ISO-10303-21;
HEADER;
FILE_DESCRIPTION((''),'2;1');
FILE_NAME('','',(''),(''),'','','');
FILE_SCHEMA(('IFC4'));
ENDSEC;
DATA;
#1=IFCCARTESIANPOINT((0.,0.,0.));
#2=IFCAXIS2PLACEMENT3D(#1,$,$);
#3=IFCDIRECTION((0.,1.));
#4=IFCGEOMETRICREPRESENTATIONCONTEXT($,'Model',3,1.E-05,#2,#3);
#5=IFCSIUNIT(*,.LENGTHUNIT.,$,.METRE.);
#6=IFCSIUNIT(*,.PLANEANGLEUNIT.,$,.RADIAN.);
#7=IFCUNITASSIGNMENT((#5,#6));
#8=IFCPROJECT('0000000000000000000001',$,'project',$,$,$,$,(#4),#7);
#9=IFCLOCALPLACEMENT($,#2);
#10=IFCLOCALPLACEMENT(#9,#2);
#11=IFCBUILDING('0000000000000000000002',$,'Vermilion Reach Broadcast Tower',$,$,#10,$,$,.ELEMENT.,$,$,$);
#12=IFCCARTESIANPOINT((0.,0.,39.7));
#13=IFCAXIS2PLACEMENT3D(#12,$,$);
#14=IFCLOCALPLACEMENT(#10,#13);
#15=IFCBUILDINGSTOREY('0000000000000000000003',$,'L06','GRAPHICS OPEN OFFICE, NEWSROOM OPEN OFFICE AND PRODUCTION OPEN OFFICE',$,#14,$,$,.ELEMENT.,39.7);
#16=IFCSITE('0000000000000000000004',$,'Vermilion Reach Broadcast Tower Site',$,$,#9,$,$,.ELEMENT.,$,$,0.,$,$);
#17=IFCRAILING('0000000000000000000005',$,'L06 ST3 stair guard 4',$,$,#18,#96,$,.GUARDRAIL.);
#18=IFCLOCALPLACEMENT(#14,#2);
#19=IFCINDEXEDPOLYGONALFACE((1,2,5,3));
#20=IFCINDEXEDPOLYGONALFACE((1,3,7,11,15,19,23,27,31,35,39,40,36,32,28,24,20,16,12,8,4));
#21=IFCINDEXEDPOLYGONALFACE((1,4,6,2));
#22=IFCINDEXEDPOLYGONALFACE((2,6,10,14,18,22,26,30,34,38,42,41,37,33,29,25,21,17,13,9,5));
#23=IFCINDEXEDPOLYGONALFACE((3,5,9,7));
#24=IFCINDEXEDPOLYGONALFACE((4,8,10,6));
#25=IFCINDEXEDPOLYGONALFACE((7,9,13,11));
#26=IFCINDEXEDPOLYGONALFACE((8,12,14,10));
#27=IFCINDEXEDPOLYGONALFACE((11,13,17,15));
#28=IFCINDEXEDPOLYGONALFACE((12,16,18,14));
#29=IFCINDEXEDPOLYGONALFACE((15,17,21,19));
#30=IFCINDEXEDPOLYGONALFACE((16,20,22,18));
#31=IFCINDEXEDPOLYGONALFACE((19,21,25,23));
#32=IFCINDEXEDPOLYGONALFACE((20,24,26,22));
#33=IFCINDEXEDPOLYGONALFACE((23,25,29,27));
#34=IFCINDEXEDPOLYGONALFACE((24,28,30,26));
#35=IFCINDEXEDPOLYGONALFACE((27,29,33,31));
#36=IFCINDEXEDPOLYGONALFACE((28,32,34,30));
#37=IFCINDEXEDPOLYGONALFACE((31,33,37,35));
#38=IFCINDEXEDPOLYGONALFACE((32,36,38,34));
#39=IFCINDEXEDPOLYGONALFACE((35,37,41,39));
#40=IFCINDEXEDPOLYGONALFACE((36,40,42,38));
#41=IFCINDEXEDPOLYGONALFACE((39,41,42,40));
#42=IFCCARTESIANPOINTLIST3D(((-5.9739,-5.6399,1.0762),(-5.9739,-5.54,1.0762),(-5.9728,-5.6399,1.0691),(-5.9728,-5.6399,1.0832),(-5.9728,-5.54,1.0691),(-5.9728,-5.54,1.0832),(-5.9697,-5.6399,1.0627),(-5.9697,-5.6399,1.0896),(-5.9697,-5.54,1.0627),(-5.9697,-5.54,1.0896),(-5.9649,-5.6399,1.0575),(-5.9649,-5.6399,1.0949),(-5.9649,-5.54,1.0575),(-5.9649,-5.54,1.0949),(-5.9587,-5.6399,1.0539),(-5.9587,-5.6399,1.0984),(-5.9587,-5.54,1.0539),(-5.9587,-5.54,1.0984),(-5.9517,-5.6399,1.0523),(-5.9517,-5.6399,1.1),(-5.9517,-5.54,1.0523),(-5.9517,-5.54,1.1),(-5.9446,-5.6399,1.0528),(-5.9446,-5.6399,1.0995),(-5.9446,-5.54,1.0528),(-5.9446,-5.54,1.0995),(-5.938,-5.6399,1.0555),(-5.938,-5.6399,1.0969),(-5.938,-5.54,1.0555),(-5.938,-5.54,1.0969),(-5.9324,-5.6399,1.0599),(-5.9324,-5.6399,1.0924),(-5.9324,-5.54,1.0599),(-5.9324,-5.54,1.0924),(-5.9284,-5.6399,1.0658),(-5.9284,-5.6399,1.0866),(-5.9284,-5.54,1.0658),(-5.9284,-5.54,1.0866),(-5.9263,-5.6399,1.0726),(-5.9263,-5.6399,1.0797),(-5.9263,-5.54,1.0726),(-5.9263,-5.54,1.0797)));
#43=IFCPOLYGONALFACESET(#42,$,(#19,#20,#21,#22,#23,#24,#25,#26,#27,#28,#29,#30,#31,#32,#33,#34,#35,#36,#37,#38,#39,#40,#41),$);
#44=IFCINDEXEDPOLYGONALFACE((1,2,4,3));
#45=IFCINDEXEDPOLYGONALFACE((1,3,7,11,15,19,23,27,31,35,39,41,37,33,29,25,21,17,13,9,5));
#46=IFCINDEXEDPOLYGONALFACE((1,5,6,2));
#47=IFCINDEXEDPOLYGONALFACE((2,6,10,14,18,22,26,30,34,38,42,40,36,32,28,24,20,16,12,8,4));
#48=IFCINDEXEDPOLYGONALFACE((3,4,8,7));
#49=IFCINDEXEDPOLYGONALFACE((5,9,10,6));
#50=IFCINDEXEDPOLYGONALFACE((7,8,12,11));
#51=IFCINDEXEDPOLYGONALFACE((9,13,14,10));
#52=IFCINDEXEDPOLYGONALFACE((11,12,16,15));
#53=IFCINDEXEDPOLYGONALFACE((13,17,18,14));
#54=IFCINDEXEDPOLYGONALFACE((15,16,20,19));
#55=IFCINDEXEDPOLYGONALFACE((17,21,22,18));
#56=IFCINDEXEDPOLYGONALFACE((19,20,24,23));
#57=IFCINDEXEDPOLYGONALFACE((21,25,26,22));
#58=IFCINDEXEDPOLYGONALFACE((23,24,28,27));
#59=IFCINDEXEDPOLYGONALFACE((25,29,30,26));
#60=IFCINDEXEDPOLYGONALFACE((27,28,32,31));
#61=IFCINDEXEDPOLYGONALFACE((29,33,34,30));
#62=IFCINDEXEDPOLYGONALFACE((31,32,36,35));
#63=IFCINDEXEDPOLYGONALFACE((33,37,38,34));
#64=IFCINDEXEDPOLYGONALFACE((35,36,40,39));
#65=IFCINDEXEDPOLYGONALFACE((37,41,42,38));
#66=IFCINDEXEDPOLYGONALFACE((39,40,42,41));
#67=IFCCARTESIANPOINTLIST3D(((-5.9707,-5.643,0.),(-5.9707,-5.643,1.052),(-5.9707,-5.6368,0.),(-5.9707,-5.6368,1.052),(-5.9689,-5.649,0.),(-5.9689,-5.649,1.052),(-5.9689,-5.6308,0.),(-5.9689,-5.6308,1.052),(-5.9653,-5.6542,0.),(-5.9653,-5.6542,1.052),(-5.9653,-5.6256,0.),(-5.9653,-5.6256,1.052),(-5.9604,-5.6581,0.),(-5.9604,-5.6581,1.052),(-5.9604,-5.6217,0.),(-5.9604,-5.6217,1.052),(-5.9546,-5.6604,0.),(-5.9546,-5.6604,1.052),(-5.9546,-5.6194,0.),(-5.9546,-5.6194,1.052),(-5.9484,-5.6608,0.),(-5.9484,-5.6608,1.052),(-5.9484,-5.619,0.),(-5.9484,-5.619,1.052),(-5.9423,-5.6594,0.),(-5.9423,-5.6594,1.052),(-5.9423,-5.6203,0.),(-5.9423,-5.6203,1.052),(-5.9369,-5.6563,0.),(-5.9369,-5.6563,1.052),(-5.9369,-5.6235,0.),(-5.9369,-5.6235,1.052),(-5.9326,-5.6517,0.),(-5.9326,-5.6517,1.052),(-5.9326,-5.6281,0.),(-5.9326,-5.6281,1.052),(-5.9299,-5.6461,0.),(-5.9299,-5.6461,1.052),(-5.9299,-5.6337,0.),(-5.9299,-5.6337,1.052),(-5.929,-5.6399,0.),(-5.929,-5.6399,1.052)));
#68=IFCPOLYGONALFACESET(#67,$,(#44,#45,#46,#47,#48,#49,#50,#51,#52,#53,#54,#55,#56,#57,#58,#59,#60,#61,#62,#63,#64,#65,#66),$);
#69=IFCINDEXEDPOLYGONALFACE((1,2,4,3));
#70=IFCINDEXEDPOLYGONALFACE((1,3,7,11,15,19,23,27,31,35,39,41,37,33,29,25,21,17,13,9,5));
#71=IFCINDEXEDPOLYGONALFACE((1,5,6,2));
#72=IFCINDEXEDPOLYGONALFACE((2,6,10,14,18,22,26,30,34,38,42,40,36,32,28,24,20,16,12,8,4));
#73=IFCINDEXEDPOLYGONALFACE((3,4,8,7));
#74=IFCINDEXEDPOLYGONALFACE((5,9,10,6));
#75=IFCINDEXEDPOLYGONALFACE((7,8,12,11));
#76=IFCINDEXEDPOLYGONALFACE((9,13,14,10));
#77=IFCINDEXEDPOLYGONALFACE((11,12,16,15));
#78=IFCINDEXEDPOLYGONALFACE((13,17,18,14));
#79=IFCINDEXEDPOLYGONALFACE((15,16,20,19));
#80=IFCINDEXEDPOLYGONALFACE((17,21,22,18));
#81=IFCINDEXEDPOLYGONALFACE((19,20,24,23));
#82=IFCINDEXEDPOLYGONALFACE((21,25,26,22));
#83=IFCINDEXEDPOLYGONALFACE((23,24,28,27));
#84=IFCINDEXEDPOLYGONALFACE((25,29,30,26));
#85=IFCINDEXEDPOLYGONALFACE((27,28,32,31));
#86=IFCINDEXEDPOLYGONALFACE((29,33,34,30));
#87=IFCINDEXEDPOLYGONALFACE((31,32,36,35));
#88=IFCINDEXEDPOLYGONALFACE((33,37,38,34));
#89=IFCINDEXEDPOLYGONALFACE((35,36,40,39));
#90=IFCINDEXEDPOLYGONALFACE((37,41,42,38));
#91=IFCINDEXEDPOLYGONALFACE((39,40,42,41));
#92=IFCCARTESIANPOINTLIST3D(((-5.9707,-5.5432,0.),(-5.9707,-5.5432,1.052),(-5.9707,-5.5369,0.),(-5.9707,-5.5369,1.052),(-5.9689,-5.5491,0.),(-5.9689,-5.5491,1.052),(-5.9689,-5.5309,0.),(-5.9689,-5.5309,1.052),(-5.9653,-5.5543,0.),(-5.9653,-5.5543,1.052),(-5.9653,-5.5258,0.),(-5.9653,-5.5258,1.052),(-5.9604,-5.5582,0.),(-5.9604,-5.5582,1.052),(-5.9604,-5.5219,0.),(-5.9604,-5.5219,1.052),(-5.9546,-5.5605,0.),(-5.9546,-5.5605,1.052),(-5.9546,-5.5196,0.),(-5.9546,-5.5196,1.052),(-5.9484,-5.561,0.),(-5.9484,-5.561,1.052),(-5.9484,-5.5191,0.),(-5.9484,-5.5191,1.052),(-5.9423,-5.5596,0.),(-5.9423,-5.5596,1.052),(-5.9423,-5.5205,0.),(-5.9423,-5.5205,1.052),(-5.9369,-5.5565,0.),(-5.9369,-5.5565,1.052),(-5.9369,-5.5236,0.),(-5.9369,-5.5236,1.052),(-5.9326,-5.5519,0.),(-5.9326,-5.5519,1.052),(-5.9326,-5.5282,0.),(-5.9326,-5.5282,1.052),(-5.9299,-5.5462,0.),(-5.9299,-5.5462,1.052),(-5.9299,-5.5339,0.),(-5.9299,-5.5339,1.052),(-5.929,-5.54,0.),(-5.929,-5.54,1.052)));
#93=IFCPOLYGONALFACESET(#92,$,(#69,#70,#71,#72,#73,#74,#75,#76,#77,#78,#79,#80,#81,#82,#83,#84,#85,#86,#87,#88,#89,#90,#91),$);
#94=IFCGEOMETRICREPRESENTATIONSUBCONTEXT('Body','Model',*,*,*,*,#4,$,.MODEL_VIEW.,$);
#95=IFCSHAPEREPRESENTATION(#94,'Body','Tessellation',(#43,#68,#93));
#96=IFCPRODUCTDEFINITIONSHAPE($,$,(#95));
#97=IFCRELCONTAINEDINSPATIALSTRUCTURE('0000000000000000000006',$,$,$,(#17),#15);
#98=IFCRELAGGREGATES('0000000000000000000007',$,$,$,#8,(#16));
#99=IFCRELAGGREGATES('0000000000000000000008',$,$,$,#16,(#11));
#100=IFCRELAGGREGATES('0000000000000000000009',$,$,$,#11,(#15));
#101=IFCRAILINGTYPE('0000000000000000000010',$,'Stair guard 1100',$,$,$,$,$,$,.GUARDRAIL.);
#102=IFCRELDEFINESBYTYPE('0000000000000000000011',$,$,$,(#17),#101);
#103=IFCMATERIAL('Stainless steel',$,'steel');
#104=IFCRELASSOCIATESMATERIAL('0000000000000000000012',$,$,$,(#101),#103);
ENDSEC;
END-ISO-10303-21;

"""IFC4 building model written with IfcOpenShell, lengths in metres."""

from ifc_helpers import new_model, si_unit, direction, frame, origin, origin_2d, place, context, subcontext, project, spatial, circle, extrude, material, type_object, element, save


model = new_model("IFC4")

# Units and contexts
model_context = context("Model", 3, precision=1e-05, world=origin(), true_north=direction((0.0, 1.0)))
body_context = subcontext(model_context, "Body", "Model", "MODEL_VIEW")
ifc_project = project(units=[si_unit("LENGTHUNIT", "METRE"), si_unit("PLANEANGLEUNIT", "RADIAN")], contexts=[model_context])

# Site, building, storey
site_placement = place(None, origin())
site = spatial("IfcSite", under=ifc_project, at=site_placement, Name="Vermilion Reach Broadcast Tower Site", CompositionType="ELEMENT", RefElevation=0.0)
building_placement = place(site_placement, origin())
building = spatial("IfcBuilding", under=site, at=building_placement, Name="Vermilion Reach Broadcast Tower", CompositionType="ELEMENT")
storey_placement = place(building_placement, frame((0.0, 0.0, 39.7)))
storey = spatial("IfcBuildingStorey", under=building, at=storey_placement, Name="L06", Description="GRAPHICS OPEN OFFICE, NEWSROOM OPEN OFFICE AND PRODUCTION OPEN OFFICE", CompositionType="ELEMENT", Elevation=39.7)

# Railing
ifc_material_1 = material(Name="Stainless steel", Category="steel")
railing_type = type_object("IfcRailingType", Name="Stair guard 1100", PredefinedType="GUARDRAIL", material=ifc_material_1)
railing_1_placement = place(storey_placement, frame((-5.95, -5.6399, 0.0)))
element("IfcRailing", 1, at=railing_1_placement, inside=storey, type_object=railing_type, Name="L06 ST3 stair guard 4", PredefinedType="GUARDRAIL", context=body_context, shape_type="SweptSolid", body=[
    extrude(circle(Radius=0.0239, at=origin_2d()), frame((0.0, 0.0, 1.0762), z_axis=(0.0, 1.0, 0.0), x_axis=(-1.0, 0.0, 0.0)), (0.0, 0.0, 1.0), 0.0999),
    extrude(circle(Radius=0.021, at=origin_2d()), origin(), (0.0, 0.0, 1.0), 1.052),
    extrude(circle(Radius=0.021, at=origin_2d()), frame((0.0, 0.0999, 0.0)), (0.0, 0.0, 1.0), 1.052),
])

save(model, "model.ifc")
